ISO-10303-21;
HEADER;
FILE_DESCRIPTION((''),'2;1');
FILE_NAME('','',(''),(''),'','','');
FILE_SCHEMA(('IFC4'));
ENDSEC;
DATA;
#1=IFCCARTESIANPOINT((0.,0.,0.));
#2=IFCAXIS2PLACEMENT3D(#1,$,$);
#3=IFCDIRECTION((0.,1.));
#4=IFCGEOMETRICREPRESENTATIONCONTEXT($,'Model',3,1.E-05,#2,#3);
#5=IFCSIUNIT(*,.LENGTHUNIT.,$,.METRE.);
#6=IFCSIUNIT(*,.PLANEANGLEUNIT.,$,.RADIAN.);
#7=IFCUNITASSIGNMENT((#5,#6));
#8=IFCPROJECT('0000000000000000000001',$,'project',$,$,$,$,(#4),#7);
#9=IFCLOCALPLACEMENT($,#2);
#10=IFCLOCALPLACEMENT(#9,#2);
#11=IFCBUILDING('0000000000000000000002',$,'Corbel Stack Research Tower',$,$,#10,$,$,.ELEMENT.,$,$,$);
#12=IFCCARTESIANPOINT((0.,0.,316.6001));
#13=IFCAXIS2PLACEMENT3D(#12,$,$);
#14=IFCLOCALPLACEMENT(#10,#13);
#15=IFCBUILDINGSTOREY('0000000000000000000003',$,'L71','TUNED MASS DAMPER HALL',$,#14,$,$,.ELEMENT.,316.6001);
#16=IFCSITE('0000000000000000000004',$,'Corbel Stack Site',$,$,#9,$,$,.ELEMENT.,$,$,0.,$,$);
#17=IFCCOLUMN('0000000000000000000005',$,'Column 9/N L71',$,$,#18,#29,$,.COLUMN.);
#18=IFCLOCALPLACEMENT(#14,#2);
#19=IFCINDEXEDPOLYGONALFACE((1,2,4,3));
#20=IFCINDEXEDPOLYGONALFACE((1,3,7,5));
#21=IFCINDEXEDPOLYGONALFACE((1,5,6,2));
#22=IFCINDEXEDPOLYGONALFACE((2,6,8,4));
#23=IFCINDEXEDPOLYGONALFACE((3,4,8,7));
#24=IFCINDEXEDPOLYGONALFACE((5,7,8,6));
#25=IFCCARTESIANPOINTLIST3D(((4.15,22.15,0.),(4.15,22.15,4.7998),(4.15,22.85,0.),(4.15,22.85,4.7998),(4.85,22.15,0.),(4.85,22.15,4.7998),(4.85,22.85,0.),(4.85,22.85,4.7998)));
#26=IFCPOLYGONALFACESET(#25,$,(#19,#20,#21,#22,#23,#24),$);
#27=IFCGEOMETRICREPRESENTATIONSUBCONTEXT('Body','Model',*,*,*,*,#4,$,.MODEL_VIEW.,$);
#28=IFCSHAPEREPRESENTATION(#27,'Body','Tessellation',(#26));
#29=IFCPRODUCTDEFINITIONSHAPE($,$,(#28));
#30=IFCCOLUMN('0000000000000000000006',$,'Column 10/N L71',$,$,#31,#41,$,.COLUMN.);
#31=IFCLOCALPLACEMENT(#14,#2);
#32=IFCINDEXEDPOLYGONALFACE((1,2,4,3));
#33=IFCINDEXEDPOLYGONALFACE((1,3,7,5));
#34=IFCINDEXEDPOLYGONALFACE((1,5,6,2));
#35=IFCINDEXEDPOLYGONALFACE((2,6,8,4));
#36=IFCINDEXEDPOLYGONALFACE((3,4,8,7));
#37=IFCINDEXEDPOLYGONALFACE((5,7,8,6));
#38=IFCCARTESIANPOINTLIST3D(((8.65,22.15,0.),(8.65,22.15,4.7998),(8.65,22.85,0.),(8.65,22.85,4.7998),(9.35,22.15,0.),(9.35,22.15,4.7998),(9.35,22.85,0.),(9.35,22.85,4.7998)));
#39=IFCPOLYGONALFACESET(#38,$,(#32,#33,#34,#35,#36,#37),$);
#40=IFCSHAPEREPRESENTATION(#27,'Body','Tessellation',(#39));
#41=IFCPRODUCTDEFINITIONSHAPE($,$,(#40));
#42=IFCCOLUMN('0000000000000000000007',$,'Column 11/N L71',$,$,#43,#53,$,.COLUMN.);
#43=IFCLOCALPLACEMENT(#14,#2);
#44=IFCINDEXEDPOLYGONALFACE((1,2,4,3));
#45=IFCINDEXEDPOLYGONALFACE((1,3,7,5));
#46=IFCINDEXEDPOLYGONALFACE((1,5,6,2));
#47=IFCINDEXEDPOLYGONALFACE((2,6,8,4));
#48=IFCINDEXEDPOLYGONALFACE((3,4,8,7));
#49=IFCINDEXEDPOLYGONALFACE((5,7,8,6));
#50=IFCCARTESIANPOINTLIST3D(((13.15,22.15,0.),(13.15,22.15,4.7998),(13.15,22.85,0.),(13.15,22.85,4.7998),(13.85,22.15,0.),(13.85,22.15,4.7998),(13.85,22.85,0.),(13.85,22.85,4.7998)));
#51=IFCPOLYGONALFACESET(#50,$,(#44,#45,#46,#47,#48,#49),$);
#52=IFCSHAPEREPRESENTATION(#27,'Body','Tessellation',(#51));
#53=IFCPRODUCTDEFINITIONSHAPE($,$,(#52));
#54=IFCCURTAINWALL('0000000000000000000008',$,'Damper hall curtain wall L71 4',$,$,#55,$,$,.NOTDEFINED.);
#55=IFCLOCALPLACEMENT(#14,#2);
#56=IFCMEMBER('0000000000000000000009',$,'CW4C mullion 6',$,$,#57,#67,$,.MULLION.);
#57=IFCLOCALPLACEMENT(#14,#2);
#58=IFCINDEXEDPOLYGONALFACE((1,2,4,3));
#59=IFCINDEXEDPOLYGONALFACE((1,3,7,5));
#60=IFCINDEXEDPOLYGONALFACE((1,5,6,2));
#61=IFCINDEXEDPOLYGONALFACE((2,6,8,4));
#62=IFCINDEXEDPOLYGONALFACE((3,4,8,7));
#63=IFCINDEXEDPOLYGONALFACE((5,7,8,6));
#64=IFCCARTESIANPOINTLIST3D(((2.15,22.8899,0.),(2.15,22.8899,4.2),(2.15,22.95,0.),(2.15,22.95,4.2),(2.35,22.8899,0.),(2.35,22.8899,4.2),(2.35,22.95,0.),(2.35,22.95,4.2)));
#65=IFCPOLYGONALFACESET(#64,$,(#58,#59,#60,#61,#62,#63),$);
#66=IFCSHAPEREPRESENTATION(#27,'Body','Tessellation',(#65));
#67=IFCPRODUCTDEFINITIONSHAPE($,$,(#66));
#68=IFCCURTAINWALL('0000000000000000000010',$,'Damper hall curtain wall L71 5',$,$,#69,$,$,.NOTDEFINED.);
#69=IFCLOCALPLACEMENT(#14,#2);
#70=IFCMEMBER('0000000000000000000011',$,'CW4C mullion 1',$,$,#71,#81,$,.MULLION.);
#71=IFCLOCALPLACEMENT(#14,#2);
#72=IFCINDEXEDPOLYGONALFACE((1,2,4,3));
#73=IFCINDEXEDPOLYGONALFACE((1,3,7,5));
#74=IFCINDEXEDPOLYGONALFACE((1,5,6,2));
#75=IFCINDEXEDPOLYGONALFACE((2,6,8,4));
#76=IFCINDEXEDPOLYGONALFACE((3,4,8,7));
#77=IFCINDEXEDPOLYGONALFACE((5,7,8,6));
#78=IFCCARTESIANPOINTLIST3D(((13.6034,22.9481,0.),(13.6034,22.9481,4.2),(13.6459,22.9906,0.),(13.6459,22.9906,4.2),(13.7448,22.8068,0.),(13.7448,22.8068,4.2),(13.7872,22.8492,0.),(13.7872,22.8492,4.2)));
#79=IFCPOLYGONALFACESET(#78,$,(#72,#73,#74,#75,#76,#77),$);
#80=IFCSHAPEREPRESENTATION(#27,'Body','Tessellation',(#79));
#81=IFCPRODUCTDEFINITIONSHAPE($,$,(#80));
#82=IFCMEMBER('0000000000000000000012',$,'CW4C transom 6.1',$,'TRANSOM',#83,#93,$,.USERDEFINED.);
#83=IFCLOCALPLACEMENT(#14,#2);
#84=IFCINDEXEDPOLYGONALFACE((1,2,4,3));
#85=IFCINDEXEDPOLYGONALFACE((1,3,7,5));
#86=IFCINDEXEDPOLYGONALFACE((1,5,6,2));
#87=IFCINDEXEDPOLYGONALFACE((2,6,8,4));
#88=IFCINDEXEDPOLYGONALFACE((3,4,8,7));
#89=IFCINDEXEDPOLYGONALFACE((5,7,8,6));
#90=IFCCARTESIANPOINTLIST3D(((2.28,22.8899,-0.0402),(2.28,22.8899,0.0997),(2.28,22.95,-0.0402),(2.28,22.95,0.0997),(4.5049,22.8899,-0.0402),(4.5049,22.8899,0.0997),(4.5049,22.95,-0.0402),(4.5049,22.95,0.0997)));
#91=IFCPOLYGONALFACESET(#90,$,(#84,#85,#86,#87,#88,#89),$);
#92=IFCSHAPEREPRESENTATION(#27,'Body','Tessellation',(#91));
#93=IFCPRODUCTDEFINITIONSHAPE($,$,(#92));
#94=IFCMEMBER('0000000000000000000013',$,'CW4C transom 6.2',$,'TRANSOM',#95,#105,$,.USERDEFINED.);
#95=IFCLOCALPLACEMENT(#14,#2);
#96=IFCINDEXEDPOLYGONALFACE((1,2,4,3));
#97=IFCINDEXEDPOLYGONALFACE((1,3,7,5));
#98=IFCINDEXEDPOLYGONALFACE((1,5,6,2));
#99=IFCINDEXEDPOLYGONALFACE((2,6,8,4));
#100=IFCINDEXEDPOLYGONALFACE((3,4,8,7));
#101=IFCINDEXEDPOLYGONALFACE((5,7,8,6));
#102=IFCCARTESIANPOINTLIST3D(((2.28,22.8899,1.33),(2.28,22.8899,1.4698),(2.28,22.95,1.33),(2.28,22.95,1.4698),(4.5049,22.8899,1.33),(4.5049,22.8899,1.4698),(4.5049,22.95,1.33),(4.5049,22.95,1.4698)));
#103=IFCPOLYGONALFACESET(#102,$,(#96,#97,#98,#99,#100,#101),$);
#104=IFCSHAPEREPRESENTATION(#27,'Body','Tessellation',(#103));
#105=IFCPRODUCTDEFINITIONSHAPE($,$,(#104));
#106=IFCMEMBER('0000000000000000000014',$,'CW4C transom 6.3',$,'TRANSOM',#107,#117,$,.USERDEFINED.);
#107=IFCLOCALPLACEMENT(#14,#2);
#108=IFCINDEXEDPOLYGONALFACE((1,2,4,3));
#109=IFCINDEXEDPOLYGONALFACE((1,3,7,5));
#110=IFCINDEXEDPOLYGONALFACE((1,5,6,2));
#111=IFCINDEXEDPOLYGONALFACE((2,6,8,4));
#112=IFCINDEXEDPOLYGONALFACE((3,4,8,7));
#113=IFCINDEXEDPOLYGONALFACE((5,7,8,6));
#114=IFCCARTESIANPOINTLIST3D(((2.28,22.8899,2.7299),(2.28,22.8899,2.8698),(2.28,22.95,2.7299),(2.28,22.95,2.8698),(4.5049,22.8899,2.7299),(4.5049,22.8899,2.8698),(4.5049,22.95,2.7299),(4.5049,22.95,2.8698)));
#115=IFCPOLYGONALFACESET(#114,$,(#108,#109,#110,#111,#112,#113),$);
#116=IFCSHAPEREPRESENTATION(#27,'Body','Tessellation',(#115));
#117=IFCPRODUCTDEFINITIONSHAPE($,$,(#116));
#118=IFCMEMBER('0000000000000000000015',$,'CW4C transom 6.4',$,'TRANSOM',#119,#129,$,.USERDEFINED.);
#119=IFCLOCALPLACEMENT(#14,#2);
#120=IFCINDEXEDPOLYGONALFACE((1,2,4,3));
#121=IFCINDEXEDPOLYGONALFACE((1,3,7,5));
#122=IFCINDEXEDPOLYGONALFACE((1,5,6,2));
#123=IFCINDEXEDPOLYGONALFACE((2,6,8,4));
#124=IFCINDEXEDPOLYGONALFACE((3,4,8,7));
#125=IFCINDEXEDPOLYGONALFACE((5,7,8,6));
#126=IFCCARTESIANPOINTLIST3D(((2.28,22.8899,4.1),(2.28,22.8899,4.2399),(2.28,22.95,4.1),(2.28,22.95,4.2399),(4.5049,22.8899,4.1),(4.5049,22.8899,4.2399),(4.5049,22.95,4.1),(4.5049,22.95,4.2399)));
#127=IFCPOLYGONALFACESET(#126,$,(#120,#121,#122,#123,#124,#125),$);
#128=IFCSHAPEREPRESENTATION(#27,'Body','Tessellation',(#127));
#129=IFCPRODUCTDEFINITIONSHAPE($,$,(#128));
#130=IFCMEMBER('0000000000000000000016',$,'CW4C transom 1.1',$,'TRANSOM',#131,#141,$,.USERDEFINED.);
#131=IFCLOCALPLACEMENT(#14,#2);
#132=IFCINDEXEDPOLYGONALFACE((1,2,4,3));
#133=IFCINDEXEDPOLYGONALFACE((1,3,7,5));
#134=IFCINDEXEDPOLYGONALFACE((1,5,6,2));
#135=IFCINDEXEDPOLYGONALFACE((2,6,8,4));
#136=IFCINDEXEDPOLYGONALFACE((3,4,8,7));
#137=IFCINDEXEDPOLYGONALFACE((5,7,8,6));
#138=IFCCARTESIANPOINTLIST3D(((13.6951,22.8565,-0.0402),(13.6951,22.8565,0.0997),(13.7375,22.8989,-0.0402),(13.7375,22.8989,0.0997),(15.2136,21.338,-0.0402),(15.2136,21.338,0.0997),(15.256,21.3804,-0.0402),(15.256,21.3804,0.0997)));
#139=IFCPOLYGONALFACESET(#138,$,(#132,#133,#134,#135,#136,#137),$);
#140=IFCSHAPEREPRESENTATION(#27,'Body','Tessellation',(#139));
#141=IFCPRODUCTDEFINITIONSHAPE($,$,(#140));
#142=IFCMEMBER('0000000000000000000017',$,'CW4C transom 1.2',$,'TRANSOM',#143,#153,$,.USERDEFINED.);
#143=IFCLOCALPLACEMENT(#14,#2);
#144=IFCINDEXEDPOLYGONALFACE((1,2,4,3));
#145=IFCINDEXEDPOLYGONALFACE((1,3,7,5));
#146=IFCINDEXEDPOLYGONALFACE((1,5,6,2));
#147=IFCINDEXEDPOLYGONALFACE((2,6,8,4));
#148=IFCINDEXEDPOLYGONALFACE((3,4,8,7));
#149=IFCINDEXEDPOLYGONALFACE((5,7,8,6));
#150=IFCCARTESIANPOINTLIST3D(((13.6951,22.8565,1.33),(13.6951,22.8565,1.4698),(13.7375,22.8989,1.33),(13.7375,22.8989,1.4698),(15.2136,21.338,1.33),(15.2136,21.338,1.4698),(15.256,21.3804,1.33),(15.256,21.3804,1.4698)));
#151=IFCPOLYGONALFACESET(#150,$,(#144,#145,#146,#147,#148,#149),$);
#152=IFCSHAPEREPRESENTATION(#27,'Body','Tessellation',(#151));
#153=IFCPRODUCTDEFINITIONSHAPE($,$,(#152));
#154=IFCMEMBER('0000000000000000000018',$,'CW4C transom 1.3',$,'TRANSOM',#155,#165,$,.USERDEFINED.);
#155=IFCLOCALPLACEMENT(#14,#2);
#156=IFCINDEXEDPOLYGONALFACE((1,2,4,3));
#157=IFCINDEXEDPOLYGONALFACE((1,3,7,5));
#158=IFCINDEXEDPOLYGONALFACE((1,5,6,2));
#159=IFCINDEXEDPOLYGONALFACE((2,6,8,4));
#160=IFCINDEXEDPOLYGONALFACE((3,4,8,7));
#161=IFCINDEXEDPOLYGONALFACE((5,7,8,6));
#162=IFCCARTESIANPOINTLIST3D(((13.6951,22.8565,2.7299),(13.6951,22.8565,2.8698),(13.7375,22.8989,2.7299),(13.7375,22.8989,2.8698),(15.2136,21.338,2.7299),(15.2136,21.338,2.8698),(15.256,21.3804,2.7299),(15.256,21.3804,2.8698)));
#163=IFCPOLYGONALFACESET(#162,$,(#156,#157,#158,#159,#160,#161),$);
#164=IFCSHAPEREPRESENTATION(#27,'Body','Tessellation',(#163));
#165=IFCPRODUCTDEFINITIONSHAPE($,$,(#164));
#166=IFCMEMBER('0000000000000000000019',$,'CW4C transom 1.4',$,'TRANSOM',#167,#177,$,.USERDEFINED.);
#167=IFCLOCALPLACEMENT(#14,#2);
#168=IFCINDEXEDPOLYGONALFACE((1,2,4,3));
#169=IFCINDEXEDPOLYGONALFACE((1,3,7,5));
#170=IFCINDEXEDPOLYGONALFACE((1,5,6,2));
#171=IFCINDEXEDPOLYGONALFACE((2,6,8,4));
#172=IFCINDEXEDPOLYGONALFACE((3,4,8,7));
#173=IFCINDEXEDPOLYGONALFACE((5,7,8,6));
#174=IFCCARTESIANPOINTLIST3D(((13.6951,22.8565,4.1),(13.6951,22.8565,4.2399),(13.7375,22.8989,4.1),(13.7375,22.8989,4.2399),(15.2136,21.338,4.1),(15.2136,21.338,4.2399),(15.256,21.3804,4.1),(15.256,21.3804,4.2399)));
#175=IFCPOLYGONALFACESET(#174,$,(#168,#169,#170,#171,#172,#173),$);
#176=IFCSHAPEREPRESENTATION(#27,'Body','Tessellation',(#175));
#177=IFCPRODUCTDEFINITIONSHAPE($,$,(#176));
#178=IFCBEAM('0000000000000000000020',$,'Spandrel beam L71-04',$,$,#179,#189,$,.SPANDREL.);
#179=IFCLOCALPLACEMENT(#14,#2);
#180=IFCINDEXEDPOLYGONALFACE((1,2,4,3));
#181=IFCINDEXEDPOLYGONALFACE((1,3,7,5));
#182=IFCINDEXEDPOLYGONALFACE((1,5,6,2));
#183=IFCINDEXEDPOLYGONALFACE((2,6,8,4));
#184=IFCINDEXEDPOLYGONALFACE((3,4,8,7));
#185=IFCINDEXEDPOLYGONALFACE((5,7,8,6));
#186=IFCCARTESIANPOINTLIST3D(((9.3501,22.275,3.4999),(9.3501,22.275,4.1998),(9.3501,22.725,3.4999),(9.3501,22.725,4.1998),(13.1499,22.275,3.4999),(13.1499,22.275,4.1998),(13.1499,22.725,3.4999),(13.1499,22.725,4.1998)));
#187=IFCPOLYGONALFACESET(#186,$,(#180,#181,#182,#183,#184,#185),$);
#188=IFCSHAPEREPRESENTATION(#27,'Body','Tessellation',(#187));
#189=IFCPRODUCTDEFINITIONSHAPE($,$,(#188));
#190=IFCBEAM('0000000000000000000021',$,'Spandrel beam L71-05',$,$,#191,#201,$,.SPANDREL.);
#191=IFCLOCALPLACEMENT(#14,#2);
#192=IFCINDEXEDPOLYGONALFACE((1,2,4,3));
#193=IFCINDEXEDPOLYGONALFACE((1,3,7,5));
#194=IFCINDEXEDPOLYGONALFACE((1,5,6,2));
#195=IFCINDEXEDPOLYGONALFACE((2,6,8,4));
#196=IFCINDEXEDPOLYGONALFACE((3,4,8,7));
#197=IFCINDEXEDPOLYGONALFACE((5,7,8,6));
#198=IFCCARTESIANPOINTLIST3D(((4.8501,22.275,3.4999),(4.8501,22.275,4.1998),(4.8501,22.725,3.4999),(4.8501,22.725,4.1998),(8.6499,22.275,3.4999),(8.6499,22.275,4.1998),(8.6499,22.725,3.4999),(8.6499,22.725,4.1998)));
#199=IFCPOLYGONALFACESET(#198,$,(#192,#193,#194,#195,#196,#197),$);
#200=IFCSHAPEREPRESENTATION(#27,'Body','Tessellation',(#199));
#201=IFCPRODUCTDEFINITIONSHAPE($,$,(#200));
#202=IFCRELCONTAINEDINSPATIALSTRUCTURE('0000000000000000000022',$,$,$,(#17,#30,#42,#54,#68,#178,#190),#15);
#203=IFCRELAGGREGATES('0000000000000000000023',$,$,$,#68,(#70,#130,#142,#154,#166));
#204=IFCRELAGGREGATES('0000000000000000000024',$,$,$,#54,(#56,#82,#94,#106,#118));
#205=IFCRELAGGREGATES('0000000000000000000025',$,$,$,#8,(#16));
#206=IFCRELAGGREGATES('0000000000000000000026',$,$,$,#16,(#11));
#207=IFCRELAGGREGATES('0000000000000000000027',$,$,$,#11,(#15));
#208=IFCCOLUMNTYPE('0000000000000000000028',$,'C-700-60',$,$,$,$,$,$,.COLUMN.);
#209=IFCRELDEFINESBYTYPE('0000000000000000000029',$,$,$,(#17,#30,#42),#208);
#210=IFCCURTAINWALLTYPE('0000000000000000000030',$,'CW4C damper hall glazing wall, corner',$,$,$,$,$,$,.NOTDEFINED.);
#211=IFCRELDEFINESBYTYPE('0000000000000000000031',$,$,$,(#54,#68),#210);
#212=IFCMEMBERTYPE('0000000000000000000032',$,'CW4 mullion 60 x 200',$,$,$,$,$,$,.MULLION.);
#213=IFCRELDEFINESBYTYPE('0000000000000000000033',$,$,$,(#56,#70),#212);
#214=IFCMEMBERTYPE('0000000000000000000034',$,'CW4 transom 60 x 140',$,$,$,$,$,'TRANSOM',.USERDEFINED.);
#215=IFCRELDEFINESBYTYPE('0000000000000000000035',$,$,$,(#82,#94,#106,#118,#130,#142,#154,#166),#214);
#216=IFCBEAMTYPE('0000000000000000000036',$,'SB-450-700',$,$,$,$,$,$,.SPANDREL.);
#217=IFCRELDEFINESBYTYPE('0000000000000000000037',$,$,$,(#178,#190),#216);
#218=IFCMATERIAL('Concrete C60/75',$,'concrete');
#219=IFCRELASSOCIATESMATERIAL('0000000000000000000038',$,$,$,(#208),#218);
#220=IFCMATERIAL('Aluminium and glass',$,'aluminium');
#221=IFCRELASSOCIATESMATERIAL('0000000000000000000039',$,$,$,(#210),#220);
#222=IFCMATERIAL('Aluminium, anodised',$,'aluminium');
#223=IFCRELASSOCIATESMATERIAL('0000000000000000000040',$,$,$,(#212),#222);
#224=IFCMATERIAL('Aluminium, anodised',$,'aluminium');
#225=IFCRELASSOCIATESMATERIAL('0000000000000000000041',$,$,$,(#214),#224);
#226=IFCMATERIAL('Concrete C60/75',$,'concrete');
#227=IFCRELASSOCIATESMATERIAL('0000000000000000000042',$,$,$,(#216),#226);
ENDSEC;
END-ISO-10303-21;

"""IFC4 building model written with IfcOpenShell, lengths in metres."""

from ifc_helpers import new_model, si_unit, direction, frame, origin, origin_2d, place, context, subcontext, project, spatial, rectangle, extrude, material, material_profile, profile_set, type_object, element, aggregate, save


model = new_model("IFC4")

# Units and contexts
model_context = context("Model", 3, precision=1e-05, world=origin(), true_north=direction((0.0, 1.0)))
body_context = subcontext(model_context, "Body", "Model", "MODEL_VIEW")
ifc_project = project(units=[si_unit("LENGTHUNIT", "METRE"), si_unit("PLANEANGLEUNIT", "RADIAN")], contexts=[model_context])

# Site, building, storey
site_placement = place(None, origin())
site = spatial("IfcSite", under=ifc_project, at=site_placement, Name="Corbel Stack Site", CompositionType="ELEMENT", RefElevation=0.0)
building_placement = place(site_placement, origin())
building = spatial("IfcBuilding", under=site, at=building_placement, Name="Corbel Stack Research Tower", CompositionType="ELEMENT")
storey_placement = place(building_placement, frame((0.0, 0.0, 316.6001)))
storey = spatial("IfcBuildingStorey", under=building, at=storey_placement, Name="L71", Description="TUNED MASS DAMPER HALL", CompositionType="ELEMENT", Elevation=316.6001)

# Columns
ifc_material_1 = material(Name="Concrete C60/75", Category="concrete")
ifc_material_profile_1 = material_profile(ifc_material_1, rectangle(XDim=0.7, YDim=0.7, at=origin_2d()), Name="RC 700 x 700")
ifc_profile_set_1 = profile_set([ifc_material_profile_1], Name="Concrete C60/75")
column_type = type_object("IfcColumnType", Name="C-700-60", PredefinedType="COLUMN", material=ifc_profile_set_1)
for number, where, z_axis, x_axis, name in (
    (1, (4.5, 22.5, 0.0), (0.0, 0.0, 1.0), (1.0, 0.0, 0.0), "Column 9/N L71"),
    (2, (9.0, 22.5, 0.0), (0.0, 0.0, 1.0), (1.0, 0.0, 0.0), "Column 10/N L71"),
    (3, (13.5, 22.5, 0.0), (0.0, 0.0, 1.0), (1.0, 0.0, 0.0), "Column 11/N L71"),
):
    element("IfcColumn", number, at=place(storey_placement, frame(where, z_axis=z_axis, x_axis=x_axis)), inside=storey, type_object=column_type, Name=name, PredefinedType="COLUMN", context=body_context, shape_type="SweptSolid", body=[
        extrude(rectangle(XDim=0.7, YDim=0.7, at=origin_2d()), origin(), (0.0, 0.0, 1.0), 4.7998),
    ])

# Curtain walls, members
ifc_material_2 = material(Name="Aluminium and glass", Category="aluminium")
curtain_wall_type = type_object("IfcCurtainWallType", Name="CW4C damper hall glazing wall, corner", PredefinedType="NOTDEFINED", material=ifc_material_2)
curtain_wall_1_placement = place(storey_placement, origin())
curtain_wall_1 = element("IfcCurtainWall", 4, at=curtain_wall_1_placement, inside=storey, type_object=curtain_wall_type, Name="Damper hall curtain wall L71 4", PredefinedType="NOTDEFINED")
ifc_material_3 = material(Name="Aluminium, anodised", Category="aluminium")
ifc_material_profile_2 = material_profile(ifc_material_3, rectangle(XDim=0.0601, YDim=0.2, at=origin_2d()), Name="CW4 mullion 60 x 200")
ifc_profile_set_2 = profile_set([ifc_material_profile_2], Name="Aluminium, anodised")
member_type_1 = type_object("IfcMemberType", Name="CW4 mullion 60 x 200", PredefinedType="MULLION", material=ifc_profile_set_2)
member_1_placement = place(storey_placement, frame((2.25, 22.9199, 0.0), z_axis=(0.0, 0.0, 1.0), x_axis=(0.0, 1.0, 0.0)))
member_1 = element("IfcMember", 5, at=member_1_placement, type_object=member_type_1, Name="CW4C mullion 6", PredefinedType="MULLION", context=body_context, shape_type="SweptSolid", body=[
    extrude(rectangle(XDim=0.0601, YDim=0.2, at=origin_2d()), origin(), (0.0, 0.0, 1.0), 4.2),
])
curtain_wall_2_placement = place(storey_placement, origin())
curtain_wall_2 = element("IfcCurtainWall", 6, at=curtain_wall_2_placement, inside=storey, type_object=curtain_wall_type, Name="Damper hall curtain wall L71 5", PredefinedType="NOTDEFINED")
member_2_placement = place(storey_placement, frame((13.6953, 22.8987, 0.0), z_axis=(0.0, 0.0, 1.0), x_axis=(0.707107, 0.707107, 0.0)))
member_2 = element("IfcMember", 7, at=member_2_placement, type_object=member_type_1, Name="CW4C mullion 1", PredefinedType="MULLION", context=body_context, shape_type="SweptSolid", body=[
    extrude(rectangle(XDim=0.0601, YDim=0.2, at=origin_2d()), origin(), (0.0, 0.0, 1.0), 4.2),
])

# Members
ifc_material_4 = material(Name="Aluminium, anodised", Category="aluminium")
ifc_material_profile_3 = material_profile(ifc_material_4, rectangle(XDim=0.0601, YDim=0.1399, at=origin_2d()), Name="CW4 transom 60 x 140")
ifc_profile_set_3 = profile_set([ifc_material_profile_3], Name="Aluminium, anodised")
member_type_2 = type_object("IfcMemberType", Name="CW4 transom 60 x 140", ElementType="TRANSOM", PredefinedType="USERDEFINED", material=ifc_profile_set_3)
member_3_placement = place(storey_placement, frame((2.28, 22.9199, 0.0298), z_axis=(1.0, 0.0, 0.0), x_axis=(0.0, 1.0, 0.0)))
member_3 = element("IfcMember", 8, at=member_3_placement, type_object=member_type_2, Name="CW4C transom 6.1", ObjectType="TRANSOM", PredefinedType="USERDEFINED", context=body_context, shape_type="SweptSolid", body=[
    extrude(rectangle(XDim=0.0601, YDim=0.1399, at=origin_2d()), origin(), (0.0, 0.0, 1.0), 2.2249),
])
member_4_placement = place(storey_placement, frame((2.28, 22.9199, 1.3999), z_axis=(1.0, 0.0, 0.0), x_axis=(0.0, 1.0, 0.0)))
member_4 = element("IfcMember", 9, at=member_4_placement, type_object=member_type_2, Name="CW4C transom 6.2", ObjectType="TRANSOM", PredefinedType="USERDEFINED", context=body_context, shape_type="SweptSolid", body=[
    extrude(rectangle(XDim=0.0601, YDim=0.1399, at=origin_2d()), origin(), (0.0, 0.0, 1.0), 2.2249),
])
member_5_placement = place(storey_placement, frame((2.28, 22.9199, 2.7998), z_axis=(1.0, 0.0, 0.0), x_axis=(0.0, 1.0, 0.0)))
member_5 = element("IfcMember", 10, at=member_5_placement, type_object=member_type_2, Name="CW4C transom 6.3", ObjectType="TRANSOM", PredefinedType="USERDEFINED", context=body_context, shape_type="SweptSolid", body=[
    extrude(rectangle(XDim=0.0601, YDim=0.1399, at=origin_2d()), origin(), (0.0, 0.0, 1.0), 2.2249),
])
member_6_placement = place(storey_placement, frame((2.28, 22.9199, 4.1699), z_axis=(1.0, 0.0, 0.0), x_axis=(0.0, 1.0, 0.0)))
member_6 = element("IfcMember", 11, at=member_6_placement, type_object=member_type_2, Name="CW4C transom 6.4", ObjectType="TRANSOM", PredefinedType="USERDEFINED", context=body_context, shape_type="SweptSolid", body=[
    extrude(rectangle(XDim=0.0601, YDim=0.1399, at=origin_2d()), origin(), (0.0, 0.0, 1.0), 2.2249),
])
member_7_placement = place(storey_placement, frame((13.7163, 22.8777, 0.0298), z_axis=(0.707107, -0.707107, 0.0), x_axis=(0.707107, 0.707107, 0.0)))
member_7 = element("IfcMember", 12, at=member_7_placement, type_object=member_type_2, Name="CW4C transom 1.1", ObjectType="TRANSOM", PredefinedType="USERDEFINED", context=body_context, shape_type="SweptSolid", body=[
    extrude(rectangle(XDim=0.0601, YDim=0.1399, at=origin_2d()), origin(), (0.0, 0.0, 1.0), 2.1475),
])
member_8_placement = place(storey_placement, frame((13.7163, 22.8777, 1.3999), z_axis=(0.707107, -0.707107, 0.0), x_axis=(0.707107, 0.707107, 0.0)))
member_8 = element("IfcMember", 13, at=member_8_placement, type_object=member_type_2, Name="CW4C transom 1.2", ObjectType="TRANSOM", PredefinedType="USERDEFINED", context=body_context, shape_type="SweptSolid", body=[
    extrude(rectangle(XDim=0.0601, YDim=0.1399, at=origin_2d()), origin(), (0.0, 0.0, 1.0), 2.1475),
])
member_9_placement = place(storey_placement, frame((13.7163, 22.8777, 2.7998), z_axis=(0.707107, -0.707107, 0.0), x_axis=(0.707107, 0.707107, 0.0)))
member_9 = element("IfcMember", 14, at=member_9_placement, type_object=member_type_2, Name="CW4C transom 1.3", ObjectType="TRANSOM", PredefinedType="USERDEFINED", context=body_context, shape_type="SweptSolid", body=[
    extrude(rectangle(XDim=0.0601, YDim=0.1399, at=origin_2d()), origin(), (0.0, 0.0, 1.0), 2.1475),
])
member_10_placement = place(storey_placement, frame((13.7163, 22.8777, 4.1699), z_axis=(0.707107, -0.707107, 0.0), x_axis=(0.707107, 0.707107, 0.0)))
member_10 = element("IfcMember", 15, at=member_10_placement, type_object=member_type_2, Name="CW4C transom 1.4", ObjectType="TRANSOM", PredefinedType="USERDEFINED", context=body_context, shape_type="SweptSolid", body=[
    extrude(rectangle(XDim=0.0601, YDim=0.1399, at=origin_2d()), origin(), (0.0, 0.0, 1.0), 2.1475),
])
aggregate(curtain_wall_2, [member_2, member_7, member_8, member_9, member_10])

# Beams
ifc_material_5 = material(Name="Concrete C60/75", Category="concrete")
ifc_material_profile_4 = material_profile(ifc_material_5, rectangle(XDim=0.45, YDim=0.7, at=origin_2d()), Name="RC 450 x 700")
ifc_profile_set_4 = profile_set([ifc_material_profile_4], Name="Concrete C60/75")
beam_type = type_object("IfcBeamType", Name="SB-450-700", PredefinedType="SPANDREL", material=ifc_profile_set_4)
for number, where, z_axis, x_axis, name in (
    (16, (13.1499, 22.5, 3.8499), (-1.0, 0.0, 0.0), (0.0, -1.0, 0.0), "Spandrel beam L71-04"),
    (17, (8.6499, 22.5, 3.8499), (-1.0, 0.0, 0.0), (0.0, -1.0, 0.0), "Spandrel beam L71-05"),
):
    element("IfcBeam", number, at=place(storey_placement, frame(where, z_axis=z_axis, x_axis=x_axis)), inside=storey, type_object=beam_type, Name=name, PredefinedType="SPANDREL", context=body_context, shape_type="SweptSolid", body=[
        extrude(rectangle(XDim=0.45, YDim=0.7, at=origin_2d()), origin(), (0.0, 0.0, 1.0), 3.7998),
    ])

aggregate(curtain_wall_1, [member_1, member_3, member_4, member_5, member_6])

save(model, "model.ifc")
